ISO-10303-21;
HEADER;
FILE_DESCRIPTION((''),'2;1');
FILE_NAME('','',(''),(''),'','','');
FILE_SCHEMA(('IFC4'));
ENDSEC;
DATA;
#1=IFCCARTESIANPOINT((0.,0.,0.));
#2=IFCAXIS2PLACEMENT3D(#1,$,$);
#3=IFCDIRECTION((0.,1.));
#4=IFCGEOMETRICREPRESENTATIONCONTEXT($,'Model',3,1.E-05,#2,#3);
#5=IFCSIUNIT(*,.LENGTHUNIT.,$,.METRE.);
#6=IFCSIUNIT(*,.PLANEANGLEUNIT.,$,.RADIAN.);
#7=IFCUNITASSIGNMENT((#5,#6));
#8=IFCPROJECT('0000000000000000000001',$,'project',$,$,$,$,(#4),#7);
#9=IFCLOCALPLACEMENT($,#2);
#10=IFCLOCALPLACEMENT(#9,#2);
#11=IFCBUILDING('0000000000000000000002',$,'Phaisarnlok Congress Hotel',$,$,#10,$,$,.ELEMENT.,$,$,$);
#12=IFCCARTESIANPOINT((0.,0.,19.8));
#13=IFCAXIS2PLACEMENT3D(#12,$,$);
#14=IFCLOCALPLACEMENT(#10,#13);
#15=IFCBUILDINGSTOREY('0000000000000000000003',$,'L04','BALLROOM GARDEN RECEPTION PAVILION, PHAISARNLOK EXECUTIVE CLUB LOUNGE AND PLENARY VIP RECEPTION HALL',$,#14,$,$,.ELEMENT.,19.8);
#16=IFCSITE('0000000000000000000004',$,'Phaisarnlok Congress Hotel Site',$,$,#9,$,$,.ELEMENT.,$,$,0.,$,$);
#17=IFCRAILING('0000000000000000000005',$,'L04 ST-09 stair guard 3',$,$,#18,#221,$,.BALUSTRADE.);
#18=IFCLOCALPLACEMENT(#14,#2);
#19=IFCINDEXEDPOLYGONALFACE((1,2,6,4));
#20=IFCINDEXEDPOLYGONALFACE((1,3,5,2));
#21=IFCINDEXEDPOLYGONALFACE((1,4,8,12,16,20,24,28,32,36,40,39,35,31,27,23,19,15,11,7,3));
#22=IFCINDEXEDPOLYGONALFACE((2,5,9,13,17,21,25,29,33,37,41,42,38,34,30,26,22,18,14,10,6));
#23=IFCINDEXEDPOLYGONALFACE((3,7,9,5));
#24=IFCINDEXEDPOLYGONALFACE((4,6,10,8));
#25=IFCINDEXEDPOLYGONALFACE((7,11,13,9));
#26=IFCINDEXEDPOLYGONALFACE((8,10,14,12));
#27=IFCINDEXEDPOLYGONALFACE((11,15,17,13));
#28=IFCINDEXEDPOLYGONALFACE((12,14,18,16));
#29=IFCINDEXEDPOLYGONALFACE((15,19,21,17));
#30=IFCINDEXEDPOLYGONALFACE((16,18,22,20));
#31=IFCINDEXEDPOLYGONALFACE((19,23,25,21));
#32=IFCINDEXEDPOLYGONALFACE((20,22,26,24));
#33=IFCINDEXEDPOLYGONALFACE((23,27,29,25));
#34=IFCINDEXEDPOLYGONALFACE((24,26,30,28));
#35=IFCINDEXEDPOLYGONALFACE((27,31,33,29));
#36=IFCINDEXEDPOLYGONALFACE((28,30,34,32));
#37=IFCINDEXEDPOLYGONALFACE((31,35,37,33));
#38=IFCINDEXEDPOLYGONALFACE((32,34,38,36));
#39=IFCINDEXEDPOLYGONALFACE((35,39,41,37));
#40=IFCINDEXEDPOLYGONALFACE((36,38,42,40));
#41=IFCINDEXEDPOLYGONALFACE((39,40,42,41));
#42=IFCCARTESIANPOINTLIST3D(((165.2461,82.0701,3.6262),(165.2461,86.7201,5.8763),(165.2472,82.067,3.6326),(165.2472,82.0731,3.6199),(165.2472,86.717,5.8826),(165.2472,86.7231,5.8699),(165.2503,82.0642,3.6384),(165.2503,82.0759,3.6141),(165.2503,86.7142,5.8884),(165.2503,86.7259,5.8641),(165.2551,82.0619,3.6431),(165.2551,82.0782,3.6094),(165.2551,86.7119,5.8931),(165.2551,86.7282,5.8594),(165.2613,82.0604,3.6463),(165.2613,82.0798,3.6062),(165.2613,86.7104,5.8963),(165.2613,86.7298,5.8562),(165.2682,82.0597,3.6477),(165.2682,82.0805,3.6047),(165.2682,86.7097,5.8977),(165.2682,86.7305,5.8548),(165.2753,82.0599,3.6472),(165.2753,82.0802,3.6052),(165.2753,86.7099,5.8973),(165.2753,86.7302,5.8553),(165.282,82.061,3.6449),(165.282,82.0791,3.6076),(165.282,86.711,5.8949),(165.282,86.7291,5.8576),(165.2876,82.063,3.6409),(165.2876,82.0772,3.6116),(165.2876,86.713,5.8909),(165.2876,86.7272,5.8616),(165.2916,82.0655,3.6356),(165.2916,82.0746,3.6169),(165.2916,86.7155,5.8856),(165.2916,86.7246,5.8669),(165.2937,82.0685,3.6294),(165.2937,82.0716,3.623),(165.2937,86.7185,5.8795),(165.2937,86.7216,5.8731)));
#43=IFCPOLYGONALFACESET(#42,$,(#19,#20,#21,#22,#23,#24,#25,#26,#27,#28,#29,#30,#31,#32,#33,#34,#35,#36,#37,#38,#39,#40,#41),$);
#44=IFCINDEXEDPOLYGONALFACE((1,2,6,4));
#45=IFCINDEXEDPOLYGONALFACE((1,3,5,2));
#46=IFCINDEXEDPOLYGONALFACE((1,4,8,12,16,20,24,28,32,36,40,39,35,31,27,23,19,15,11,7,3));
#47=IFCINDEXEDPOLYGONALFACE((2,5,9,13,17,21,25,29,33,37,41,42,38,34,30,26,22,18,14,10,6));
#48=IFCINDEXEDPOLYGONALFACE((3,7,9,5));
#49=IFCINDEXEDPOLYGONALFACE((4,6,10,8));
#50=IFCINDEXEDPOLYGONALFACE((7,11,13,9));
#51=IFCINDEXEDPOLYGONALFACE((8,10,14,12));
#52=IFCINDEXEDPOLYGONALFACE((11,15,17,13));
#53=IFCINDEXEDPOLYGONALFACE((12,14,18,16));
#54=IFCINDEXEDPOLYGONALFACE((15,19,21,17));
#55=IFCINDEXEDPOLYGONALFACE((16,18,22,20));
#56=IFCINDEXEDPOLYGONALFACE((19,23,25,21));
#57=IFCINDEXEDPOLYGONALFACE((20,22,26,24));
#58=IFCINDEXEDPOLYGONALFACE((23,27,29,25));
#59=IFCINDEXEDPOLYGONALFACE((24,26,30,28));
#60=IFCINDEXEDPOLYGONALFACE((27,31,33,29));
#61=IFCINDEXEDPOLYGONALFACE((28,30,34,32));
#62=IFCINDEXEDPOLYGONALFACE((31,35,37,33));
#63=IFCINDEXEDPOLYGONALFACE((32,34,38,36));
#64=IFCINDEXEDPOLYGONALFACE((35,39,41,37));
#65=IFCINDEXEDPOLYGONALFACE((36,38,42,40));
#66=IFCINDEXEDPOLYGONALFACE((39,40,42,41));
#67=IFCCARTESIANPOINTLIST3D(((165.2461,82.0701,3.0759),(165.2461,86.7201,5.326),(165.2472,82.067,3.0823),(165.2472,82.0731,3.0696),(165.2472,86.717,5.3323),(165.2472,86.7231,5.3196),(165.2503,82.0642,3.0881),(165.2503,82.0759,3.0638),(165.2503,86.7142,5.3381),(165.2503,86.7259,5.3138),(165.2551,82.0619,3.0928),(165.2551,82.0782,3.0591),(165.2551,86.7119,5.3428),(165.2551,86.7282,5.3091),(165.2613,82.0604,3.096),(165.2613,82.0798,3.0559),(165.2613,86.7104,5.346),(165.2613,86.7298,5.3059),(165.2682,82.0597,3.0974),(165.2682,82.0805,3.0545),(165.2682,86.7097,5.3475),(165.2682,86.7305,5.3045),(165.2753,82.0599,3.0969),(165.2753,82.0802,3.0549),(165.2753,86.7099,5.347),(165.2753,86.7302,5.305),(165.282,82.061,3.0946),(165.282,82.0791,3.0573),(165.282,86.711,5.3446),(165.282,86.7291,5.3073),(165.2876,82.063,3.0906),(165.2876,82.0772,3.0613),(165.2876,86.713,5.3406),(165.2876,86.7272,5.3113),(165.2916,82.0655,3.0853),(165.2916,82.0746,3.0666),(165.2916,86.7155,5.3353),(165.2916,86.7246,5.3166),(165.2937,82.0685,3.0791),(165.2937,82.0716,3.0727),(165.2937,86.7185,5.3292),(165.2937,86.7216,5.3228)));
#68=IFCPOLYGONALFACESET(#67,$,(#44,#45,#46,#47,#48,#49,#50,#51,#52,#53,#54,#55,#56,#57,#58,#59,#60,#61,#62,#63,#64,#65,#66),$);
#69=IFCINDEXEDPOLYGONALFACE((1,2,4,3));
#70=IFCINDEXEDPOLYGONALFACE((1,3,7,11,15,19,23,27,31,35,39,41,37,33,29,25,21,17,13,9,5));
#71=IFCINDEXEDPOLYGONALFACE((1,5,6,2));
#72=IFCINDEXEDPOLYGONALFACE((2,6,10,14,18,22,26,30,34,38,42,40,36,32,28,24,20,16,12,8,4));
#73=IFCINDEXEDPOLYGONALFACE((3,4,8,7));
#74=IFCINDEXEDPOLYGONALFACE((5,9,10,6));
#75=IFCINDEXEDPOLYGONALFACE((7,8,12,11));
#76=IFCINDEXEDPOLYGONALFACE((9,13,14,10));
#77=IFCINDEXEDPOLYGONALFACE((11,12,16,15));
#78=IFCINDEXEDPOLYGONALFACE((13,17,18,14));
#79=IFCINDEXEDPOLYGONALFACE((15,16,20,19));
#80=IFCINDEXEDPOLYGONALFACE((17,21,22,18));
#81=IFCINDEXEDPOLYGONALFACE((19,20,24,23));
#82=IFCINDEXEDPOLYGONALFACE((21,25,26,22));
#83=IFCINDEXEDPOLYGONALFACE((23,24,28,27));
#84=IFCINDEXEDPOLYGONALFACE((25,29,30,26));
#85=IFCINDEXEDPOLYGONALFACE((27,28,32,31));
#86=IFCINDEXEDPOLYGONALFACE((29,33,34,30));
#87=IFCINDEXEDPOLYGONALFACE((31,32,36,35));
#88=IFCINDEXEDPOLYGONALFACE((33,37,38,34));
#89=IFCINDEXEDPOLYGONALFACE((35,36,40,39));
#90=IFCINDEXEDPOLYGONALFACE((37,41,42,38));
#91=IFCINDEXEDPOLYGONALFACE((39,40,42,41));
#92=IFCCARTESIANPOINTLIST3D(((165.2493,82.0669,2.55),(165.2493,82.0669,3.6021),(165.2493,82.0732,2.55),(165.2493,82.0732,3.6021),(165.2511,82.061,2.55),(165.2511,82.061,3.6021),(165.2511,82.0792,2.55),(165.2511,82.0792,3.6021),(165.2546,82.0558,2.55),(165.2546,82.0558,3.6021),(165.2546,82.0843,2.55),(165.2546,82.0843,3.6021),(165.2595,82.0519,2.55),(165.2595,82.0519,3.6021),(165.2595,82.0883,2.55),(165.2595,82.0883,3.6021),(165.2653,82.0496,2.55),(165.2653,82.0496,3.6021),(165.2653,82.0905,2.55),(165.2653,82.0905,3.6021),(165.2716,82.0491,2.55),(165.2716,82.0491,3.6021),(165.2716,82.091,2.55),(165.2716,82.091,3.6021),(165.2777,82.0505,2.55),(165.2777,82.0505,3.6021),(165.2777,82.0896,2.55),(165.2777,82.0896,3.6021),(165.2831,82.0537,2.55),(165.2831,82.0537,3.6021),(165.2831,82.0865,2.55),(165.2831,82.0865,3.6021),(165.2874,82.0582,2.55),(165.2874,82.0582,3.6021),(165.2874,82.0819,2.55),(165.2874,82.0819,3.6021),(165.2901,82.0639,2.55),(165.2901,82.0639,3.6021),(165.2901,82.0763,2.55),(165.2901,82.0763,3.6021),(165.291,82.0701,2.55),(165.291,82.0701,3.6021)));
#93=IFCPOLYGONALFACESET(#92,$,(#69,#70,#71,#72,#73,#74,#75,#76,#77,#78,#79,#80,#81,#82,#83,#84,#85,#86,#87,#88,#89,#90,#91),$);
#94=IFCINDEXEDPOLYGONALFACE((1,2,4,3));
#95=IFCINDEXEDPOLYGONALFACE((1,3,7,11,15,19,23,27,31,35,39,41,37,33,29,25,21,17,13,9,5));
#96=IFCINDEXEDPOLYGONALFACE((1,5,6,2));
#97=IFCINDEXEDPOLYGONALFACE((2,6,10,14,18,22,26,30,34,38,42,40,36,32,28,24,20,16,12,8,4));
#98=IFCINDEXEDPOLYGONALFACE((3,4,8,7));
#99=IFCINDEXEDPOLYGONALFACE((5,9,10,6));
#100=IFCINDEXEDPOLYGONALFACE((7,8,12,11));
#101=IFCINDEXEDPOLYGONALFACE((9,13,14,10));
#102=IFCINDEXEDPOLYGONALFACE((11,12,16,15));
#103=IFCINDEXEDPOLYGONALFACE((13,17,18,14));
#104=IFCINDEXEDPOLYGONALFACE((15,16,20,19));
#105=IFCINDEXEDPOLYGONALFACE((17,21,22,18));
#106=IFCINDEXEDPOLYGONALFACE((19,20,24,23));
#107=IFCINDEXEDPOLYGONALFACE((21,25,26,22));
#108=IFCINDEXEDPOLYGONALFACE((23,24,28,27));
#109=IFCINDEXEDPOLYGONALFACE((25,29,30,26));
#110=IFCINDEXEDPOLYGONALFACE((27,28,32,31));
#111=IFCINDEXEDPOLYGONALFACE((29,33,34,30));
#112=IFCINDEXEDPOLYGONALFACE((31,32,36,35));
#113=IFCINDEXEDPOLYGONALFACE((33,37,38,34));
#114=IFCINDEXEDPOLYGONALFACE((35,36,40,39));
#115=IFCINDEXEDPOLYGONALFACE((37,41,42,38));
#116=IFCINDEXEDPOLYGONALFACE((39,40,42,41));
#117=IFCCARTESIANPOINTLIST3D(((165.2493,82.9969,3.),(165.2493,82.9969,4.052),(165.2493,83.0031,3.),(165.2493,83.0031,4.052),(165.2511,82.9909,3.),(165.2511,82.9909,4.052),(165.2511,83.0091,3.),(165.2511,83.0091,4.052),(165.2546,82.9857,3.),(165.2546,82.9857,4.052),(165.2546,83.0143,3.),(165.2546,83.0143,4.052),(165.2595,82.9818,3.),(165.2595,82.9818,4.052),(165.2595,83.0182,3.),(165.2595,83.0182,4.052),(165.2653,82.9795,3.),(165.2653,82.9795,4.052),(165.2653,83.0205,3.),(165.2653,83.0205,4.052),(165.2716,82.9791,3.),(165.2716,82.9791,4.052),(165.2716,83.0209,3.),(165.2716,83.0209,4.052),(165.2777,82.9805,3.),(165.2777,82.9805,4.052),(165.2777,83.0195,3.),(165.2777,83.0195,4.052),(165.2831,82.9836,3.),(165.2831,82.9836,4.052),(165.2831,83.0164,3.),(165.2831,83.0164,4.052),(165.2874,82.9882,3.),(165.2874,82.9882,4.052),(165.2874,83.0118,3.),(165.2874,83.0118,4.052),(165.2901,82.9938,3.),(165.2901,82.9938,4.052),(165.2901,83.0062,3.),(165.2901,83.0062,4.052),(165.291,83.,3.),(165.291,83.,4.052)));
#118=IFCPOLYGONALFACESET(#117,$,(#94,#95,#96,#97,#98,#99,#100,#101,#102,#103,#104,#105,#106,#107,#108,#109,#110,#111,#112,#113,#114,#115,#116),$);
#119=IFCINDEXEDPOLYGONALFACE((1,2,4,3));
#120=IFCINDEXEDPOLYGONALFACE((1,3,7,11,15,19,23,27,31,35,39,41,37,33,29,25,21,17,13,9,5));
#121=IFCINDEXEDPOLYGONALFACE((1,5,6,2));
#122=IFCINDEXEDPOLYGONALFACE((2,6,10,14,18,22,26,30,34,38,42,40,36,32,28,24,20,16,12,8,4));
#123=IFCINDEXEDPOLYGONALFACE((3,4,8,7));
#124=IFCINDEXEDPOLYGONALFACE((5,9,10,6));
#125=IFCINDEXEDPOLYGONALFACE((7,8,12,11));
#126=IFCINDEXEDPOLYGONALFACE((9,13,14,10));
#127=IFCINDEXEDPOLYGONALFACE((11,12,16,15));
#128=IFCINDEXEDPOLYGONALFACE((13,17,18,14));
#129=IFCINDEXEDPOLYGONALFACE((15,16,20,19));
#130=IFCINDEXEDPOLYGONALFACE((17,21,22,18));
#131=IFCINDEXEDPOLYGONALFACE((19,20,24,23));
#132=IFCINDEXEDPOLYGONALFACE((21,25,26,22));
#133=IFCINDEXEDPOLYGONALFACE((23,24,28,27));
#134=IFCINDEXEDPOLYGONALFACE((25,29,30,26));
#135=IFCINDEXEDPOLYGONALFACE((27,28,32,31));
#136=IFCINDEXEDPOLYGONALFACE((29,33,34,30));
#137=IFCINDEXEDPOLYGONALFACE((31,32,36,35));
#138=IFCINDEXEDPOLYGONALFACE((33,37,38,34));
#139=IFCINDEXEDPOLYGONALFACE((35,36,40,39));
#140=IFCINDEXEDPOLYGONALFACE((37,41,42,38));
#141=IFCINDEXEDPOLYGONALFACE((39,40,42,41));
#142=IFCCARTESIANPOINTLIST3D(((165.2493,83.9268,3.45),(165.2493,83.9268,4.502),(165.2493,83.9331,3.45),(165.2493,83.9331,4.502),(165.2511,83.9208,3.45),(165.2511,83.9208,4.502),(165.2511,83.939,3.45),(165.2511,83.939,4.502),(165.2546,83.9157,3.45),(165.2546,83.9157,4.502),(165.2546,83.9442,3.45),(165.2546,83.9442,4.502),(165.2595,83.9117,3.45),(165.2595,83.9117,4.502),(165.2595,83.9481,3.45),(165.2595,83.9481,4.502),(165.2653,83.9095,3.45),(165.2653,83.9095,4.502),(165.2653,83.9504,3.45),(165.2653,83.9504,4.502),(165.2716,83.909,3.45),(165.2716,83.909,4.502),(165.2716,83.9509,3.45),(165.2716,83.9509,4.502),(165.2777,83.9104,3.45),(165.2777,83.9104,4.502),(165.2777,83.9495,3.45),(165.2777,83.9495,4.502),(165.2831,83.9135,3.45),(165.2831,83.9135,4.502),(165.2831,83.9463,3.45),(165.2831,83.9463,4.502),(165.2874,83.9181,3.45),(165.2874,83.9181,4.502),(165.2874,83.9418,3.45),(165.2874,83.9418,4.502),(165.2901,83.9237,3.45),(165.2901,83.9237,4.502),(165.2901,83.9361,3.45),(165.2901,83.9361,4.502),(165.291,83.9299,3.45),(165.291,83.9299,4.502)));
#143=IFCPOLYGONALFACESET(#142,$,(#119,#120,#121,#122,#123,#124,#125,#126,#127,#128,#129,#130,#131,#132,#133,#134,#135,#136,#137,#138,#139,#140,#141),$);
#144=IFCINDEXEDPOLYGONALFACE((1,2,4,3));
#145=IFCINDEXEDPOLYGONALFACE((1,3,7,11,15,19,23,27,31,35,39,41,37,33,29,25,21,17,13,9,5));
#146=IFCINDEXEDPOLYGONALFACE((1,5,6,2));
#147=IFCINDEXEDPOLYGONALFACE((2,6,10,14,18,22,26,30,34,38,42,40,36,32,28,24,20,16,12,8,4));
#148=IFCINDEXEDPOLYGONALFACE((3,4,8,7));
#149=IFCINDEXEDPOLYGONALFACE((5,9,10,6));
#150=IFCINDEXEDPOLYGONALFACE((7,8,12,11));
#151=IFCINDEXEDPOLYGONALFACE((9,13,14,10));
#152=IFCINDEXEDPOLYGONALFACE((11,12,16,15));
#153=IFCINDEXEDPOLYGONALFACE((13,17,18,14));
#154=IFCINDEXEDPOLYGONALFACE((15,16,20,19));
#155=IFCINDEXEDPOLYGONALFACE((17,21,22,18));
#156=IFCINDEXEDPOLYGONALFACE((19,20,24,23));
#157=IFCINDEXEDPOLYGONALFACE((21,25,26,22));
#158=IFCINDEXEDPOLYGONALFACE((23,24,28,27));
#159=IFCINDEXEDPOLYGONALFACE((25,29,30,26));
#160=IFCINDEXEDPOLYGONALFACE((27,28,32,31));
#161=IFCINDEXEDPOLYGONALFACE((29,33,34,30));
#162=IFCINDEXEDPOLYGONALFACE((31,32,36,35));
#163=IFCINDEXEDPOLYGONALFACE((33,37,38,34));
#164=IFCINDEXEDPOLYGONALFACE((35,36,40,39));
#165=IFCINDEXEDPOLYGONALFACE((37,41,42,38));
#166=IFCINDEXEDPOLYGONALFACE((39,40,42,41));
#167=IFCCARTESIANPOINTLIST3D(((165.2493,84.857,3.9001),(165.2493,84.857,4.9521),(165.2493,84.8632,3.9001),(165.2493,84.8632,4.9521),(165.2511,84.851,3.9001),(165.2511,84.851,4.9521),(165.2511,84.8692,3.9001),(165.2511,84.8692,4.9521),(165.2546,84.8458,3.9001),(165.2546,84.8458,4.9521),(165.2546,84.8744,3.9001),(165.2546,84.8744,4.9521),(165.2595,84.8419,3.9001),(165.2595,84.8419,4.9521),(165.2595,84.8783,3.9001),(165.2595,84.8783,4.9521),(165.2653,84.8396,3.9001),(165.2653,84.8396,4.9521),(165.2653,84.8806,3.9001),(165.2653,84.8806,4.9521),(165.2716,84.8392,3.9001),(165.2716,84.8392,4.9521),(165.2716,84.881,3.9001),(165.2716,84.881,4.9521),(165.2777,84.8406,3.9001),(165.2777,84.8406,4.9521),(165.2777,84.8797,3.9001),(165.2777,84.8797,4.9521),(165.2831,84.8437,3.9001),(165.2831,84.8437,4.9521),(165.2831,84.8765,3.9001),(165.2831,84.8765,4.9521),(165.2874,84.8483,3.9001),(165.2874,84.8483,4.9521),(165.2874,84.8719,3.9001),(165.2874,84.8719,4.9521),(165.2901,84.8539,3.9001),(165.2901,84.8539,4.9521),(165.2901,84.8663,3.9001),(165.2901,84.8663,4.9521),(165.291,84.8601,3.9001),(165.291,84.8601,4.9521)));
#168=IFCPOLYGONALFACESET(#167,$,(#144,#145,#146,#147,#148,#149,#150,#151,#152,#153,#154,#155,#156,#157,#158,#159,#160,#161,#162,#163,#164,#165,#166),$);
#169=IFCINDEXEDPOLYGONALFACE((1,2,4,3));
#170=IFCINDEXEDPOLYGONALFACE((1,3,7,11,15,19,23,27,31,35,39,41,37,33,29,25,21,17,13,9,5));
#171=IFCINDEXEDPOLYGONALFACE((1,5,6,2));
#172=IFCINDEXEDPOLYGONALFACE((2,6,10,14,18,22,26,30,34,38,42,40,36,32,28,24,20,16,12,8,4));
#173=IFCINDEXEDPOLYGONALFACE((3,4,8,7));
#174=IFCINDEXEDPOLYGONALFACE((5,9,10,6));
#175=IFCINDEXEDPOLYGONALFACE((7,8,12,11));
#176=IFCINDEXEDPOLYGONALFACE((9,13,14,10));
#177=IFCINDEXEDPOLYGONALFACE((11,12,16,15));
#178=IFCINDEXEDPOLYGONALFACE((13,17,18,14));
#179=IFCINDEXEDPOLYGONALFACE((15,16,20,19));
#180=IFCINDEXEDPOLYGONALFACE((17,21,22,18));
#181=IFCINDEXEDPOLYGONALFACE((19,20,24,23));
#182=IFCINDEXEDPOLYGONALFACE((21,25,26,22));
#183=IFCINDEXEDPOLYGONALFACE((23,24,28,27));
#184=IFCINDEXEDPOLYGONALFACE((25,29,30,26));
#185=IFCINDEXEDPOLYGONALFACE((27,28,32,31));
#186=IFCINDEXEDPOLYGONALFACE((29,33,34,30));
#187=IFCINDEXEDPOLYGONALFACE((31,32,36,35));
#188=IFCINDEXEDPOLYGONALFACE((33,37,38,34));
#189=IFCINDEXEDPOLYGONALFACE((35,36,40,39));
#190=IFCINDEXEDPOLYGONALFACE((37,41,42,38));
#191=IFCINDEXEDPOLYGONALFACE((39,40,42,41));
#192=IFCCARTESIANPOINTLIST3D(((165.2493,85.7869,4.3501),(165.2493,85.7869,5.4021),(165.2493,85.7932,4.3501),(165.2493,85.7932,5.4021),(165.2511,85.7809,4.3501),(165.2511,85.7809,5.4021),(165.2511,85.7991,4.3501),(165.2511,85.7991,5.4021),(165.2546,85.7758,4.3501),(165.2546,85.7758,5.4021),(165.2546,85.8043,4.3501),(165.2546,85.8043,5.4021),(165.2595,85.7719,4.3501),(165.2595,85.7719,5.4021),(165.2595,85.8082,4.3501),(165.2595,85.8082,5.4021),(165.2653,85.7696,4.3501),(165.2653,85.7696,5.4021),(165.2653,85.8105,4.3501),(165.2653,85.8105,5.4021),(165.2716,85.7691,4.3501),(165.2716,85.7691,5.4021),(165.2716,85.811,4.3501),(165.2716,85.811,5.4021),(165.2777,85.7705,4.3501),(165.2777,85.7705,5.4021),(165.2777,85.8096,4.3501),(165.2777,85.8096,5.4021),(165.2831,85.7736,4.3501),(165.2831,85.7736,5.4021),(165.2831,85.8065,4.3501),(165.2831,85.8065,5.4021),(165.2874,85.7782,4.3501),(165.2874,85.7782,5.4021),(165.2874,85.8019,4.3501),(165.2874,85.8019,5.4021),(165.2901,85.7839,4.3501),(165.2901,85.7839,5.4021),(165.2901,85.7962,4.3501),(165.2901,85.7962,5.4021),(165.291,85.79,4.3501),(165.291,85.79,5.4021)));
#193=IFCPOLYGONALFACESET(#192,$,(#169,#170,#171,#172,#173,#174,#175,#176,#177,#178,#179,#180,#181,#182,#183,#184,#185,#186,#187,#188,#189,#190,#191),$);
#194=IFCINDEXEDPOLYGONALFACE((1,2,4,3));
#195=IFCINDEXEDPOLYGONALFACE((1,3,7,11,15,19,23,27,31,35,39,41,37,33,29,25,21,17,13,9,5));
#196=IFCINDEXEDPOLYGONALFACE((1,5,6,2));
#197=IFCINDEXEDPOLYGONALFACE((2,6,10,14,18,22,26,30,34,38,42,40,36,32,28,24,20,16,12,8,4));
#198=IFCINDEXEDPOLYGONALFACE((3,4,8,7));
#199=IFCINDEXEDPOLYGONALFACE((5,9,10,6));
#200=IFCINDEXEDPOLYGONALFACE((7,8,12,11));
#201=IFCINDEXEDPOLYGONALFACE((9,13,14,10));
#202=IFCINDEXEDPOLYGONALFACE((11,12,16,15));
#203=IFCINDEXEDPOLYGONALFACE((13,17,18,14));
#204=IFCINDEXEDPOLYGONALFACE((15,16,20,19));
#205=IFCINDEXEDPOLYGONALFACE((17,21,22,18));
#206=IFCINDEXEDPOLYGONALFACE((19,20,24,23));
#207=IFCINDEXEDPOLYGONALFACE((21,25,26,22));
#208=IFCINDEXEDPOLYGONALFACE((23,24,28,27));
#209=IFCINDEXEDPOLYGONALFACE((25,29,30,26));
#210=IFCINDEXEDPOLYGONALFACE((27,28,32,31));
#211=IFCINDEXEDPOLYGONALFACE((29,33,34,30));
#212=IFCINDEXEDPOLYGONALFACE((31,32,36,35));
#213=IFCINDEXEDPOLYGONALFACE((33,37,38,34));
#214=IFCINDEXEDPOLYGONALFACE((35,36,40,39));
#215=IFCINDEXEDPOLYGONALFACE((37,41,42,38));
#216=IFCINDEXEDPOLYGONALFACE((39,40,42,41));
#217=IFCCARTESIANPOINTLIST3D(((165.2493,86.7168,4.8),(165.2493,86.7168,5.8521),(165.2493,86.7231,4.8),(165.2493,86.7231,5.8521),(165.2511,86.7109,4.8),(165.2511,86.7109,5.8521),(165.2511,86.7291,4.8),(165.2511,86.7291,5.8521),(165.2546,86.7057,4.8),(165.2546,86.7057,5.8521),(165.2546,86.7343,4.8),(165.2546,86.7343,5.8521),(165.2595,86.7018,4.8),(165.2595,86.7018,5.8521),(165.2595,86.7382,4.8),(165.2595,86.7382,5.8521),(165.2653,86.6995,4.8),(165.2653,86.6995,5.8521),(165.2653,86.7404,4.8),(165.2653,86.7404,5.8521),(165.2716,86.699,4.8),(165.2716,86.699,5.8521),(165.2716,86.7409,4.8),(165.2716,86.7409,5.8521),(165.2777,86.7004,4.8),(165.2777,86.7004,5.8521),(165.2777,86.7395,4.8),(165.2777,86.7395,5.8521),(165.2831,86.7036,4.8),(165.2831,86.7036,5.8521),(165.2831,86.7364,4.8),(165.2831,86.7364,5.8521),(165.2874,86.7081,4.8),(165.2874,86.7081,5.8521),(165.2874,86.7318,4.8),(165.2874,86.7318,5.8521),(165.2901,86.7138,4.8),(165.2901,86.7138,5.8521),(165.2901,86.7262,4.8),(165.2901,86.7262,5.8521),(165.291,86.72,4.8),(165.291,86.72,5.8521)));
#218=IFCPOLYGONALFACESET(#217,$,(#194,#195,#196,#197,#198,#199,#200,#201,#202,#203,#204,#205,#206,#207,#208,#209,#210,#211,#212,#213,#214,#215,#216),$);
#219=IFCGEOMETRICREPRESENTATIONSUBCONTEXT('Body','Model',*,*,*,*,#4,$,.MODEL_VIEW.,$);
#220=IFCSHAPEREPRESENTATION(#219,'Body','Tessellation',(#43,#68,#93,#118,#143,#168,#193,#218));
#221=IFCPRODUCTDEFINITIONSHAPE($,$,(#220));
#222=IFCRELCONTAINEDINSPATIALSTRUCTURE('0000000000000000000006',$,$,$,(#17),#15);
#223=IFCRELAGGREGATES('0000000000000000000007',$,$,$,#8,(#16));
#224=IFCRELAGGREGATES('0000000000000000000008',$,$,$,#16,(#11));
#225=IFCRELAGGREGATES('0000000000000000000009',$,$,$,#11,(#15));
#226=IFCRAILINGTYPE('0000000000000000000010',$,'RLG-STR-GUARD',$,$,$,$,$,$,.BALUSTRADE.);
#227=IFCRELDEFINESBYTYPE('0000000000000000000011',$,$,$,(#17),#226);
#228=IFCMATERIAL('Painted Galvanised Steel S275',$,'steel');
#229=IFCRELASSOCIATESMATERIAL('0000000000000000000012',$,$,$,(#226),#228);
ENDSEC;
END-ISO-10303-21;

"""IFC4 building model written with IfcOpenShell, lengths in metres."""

from ifc_helpers import new_model, si_unit, direction, frame, origin, origin_2d, place, context, subcontext, project, spatial, circle, extrude, material, type_object, element, save


model = new_model("IFC4")

# Units and contexts
model_context = context("Model", 3, precision=1e-05, world=origin(), true_north=direction((0.0, 1.0)))
body_context = subcontext(model_context, "Body", "Model", "MODEL_VIEW")
ifc_project = project(units=[si_unit("LENGTHUNIT", "METRE"), si_unit("PLANEANGLEUNIT", "RADIAN")], contexts=[model_context])

# Site, building, storey
site_placement = place(None, origin())
site = spatial("IfcSite", under=ifc_project, at=site_placement, Name="Phaisarnlok Congress Hotel Site", CompositionType="ELEMENT", RefElevation=0.0)
building_placement = place(site_placement, origin())
building = spatial("IfcBuilding", under=site, at=building_placement, Name="Phaisarnlok Congress Hotel", CompositionType="ELEMENT")
storey_placement = place(building_placement, frame((0.0, 0.0, 19.8)))
storey = spatial("IfcBuildingStorey", under=building, at=storey_placement, Name="L04", Description="BALLROOM GARDEN RECEPTION PAVILION, PHAISARNLOK EXECUTIVE CLUB LOUNGE AND PLENARY VIP RECEPTION HALL", CompositionType="ELEMENT", Elevation=19.8)

# Railing
ifc_material_1 = material(Name="Painted Galvanised Steel S275", Category="steel")
railing_type_1 = type_object("IfcRailingType", Name="RLG-STR-GUARD", PredefinedType="BALUSTRADE", material=ifc_material_1)
railing_1_placement = place(storey_placement, frame((165.27, 82.0701, 2.55)))
element("IfcRailing", 1, at=railing_1_placement, inside=storey, type_object=railing_type_1, Name="L04 ST-09 stair guard 3", PredefinedType="BALUSTRADE", context=body_context, shape_type="SweptSolid", body=[
    extrude(circle(Radius=0.0239, at=origin_2d()), frame((0.0, 0.0, 1.0762), z_axis=(0.0, 0.900156, 0.435568), x_axis=(-1.0, 0.0, 0.0)), (0.0, 0.0, 1.0), 5.1658),
    extrude(circle(Radius=0.0239, at=origin_2d()), frame((0.0, 0.0, 0.5259), z_axis=(0.0, 0.900156, 0.435568), x_axis=(-1.0, 0.0, 0.0)), (0.0, 0.0, 1.0), 5.1658),
    extrude(circle(Radius=0.021, at=origin_2d()), origin(), (0.0, 0.0, 1.0), 1.052),
    extrude(circle(Radius=0.021, at=origin_2d()), frame((0.0, 0.9299, 0.45)), (0.0, 0.0, 1.0), 1.052),
    extrude(circle(Radius=0.021, at=origin_2d()), frame((0.0, 1.8599, 0.8999)), (0.0, 0.0, 1.0), 1.052),
    extrude(circle(Radius=0.021, at=origin_2d()), frame((0.0, 2.79, 1.3501)), (0.0, 0.0, 1.0), 1.052),
    extrude(circle(Radius=0.021, at=origin_2d()), frame((0.0, 3.72, 1.8)), (0.0, 0.0, 1.0), 1.052),
    extrude(circle(Radius=0.021, at=origin_2d()), frame((0.0, 4.6499, 2.25)), (0.0, 0.0, 1.0), 1.052),
])

save(model, "model.ifc")
